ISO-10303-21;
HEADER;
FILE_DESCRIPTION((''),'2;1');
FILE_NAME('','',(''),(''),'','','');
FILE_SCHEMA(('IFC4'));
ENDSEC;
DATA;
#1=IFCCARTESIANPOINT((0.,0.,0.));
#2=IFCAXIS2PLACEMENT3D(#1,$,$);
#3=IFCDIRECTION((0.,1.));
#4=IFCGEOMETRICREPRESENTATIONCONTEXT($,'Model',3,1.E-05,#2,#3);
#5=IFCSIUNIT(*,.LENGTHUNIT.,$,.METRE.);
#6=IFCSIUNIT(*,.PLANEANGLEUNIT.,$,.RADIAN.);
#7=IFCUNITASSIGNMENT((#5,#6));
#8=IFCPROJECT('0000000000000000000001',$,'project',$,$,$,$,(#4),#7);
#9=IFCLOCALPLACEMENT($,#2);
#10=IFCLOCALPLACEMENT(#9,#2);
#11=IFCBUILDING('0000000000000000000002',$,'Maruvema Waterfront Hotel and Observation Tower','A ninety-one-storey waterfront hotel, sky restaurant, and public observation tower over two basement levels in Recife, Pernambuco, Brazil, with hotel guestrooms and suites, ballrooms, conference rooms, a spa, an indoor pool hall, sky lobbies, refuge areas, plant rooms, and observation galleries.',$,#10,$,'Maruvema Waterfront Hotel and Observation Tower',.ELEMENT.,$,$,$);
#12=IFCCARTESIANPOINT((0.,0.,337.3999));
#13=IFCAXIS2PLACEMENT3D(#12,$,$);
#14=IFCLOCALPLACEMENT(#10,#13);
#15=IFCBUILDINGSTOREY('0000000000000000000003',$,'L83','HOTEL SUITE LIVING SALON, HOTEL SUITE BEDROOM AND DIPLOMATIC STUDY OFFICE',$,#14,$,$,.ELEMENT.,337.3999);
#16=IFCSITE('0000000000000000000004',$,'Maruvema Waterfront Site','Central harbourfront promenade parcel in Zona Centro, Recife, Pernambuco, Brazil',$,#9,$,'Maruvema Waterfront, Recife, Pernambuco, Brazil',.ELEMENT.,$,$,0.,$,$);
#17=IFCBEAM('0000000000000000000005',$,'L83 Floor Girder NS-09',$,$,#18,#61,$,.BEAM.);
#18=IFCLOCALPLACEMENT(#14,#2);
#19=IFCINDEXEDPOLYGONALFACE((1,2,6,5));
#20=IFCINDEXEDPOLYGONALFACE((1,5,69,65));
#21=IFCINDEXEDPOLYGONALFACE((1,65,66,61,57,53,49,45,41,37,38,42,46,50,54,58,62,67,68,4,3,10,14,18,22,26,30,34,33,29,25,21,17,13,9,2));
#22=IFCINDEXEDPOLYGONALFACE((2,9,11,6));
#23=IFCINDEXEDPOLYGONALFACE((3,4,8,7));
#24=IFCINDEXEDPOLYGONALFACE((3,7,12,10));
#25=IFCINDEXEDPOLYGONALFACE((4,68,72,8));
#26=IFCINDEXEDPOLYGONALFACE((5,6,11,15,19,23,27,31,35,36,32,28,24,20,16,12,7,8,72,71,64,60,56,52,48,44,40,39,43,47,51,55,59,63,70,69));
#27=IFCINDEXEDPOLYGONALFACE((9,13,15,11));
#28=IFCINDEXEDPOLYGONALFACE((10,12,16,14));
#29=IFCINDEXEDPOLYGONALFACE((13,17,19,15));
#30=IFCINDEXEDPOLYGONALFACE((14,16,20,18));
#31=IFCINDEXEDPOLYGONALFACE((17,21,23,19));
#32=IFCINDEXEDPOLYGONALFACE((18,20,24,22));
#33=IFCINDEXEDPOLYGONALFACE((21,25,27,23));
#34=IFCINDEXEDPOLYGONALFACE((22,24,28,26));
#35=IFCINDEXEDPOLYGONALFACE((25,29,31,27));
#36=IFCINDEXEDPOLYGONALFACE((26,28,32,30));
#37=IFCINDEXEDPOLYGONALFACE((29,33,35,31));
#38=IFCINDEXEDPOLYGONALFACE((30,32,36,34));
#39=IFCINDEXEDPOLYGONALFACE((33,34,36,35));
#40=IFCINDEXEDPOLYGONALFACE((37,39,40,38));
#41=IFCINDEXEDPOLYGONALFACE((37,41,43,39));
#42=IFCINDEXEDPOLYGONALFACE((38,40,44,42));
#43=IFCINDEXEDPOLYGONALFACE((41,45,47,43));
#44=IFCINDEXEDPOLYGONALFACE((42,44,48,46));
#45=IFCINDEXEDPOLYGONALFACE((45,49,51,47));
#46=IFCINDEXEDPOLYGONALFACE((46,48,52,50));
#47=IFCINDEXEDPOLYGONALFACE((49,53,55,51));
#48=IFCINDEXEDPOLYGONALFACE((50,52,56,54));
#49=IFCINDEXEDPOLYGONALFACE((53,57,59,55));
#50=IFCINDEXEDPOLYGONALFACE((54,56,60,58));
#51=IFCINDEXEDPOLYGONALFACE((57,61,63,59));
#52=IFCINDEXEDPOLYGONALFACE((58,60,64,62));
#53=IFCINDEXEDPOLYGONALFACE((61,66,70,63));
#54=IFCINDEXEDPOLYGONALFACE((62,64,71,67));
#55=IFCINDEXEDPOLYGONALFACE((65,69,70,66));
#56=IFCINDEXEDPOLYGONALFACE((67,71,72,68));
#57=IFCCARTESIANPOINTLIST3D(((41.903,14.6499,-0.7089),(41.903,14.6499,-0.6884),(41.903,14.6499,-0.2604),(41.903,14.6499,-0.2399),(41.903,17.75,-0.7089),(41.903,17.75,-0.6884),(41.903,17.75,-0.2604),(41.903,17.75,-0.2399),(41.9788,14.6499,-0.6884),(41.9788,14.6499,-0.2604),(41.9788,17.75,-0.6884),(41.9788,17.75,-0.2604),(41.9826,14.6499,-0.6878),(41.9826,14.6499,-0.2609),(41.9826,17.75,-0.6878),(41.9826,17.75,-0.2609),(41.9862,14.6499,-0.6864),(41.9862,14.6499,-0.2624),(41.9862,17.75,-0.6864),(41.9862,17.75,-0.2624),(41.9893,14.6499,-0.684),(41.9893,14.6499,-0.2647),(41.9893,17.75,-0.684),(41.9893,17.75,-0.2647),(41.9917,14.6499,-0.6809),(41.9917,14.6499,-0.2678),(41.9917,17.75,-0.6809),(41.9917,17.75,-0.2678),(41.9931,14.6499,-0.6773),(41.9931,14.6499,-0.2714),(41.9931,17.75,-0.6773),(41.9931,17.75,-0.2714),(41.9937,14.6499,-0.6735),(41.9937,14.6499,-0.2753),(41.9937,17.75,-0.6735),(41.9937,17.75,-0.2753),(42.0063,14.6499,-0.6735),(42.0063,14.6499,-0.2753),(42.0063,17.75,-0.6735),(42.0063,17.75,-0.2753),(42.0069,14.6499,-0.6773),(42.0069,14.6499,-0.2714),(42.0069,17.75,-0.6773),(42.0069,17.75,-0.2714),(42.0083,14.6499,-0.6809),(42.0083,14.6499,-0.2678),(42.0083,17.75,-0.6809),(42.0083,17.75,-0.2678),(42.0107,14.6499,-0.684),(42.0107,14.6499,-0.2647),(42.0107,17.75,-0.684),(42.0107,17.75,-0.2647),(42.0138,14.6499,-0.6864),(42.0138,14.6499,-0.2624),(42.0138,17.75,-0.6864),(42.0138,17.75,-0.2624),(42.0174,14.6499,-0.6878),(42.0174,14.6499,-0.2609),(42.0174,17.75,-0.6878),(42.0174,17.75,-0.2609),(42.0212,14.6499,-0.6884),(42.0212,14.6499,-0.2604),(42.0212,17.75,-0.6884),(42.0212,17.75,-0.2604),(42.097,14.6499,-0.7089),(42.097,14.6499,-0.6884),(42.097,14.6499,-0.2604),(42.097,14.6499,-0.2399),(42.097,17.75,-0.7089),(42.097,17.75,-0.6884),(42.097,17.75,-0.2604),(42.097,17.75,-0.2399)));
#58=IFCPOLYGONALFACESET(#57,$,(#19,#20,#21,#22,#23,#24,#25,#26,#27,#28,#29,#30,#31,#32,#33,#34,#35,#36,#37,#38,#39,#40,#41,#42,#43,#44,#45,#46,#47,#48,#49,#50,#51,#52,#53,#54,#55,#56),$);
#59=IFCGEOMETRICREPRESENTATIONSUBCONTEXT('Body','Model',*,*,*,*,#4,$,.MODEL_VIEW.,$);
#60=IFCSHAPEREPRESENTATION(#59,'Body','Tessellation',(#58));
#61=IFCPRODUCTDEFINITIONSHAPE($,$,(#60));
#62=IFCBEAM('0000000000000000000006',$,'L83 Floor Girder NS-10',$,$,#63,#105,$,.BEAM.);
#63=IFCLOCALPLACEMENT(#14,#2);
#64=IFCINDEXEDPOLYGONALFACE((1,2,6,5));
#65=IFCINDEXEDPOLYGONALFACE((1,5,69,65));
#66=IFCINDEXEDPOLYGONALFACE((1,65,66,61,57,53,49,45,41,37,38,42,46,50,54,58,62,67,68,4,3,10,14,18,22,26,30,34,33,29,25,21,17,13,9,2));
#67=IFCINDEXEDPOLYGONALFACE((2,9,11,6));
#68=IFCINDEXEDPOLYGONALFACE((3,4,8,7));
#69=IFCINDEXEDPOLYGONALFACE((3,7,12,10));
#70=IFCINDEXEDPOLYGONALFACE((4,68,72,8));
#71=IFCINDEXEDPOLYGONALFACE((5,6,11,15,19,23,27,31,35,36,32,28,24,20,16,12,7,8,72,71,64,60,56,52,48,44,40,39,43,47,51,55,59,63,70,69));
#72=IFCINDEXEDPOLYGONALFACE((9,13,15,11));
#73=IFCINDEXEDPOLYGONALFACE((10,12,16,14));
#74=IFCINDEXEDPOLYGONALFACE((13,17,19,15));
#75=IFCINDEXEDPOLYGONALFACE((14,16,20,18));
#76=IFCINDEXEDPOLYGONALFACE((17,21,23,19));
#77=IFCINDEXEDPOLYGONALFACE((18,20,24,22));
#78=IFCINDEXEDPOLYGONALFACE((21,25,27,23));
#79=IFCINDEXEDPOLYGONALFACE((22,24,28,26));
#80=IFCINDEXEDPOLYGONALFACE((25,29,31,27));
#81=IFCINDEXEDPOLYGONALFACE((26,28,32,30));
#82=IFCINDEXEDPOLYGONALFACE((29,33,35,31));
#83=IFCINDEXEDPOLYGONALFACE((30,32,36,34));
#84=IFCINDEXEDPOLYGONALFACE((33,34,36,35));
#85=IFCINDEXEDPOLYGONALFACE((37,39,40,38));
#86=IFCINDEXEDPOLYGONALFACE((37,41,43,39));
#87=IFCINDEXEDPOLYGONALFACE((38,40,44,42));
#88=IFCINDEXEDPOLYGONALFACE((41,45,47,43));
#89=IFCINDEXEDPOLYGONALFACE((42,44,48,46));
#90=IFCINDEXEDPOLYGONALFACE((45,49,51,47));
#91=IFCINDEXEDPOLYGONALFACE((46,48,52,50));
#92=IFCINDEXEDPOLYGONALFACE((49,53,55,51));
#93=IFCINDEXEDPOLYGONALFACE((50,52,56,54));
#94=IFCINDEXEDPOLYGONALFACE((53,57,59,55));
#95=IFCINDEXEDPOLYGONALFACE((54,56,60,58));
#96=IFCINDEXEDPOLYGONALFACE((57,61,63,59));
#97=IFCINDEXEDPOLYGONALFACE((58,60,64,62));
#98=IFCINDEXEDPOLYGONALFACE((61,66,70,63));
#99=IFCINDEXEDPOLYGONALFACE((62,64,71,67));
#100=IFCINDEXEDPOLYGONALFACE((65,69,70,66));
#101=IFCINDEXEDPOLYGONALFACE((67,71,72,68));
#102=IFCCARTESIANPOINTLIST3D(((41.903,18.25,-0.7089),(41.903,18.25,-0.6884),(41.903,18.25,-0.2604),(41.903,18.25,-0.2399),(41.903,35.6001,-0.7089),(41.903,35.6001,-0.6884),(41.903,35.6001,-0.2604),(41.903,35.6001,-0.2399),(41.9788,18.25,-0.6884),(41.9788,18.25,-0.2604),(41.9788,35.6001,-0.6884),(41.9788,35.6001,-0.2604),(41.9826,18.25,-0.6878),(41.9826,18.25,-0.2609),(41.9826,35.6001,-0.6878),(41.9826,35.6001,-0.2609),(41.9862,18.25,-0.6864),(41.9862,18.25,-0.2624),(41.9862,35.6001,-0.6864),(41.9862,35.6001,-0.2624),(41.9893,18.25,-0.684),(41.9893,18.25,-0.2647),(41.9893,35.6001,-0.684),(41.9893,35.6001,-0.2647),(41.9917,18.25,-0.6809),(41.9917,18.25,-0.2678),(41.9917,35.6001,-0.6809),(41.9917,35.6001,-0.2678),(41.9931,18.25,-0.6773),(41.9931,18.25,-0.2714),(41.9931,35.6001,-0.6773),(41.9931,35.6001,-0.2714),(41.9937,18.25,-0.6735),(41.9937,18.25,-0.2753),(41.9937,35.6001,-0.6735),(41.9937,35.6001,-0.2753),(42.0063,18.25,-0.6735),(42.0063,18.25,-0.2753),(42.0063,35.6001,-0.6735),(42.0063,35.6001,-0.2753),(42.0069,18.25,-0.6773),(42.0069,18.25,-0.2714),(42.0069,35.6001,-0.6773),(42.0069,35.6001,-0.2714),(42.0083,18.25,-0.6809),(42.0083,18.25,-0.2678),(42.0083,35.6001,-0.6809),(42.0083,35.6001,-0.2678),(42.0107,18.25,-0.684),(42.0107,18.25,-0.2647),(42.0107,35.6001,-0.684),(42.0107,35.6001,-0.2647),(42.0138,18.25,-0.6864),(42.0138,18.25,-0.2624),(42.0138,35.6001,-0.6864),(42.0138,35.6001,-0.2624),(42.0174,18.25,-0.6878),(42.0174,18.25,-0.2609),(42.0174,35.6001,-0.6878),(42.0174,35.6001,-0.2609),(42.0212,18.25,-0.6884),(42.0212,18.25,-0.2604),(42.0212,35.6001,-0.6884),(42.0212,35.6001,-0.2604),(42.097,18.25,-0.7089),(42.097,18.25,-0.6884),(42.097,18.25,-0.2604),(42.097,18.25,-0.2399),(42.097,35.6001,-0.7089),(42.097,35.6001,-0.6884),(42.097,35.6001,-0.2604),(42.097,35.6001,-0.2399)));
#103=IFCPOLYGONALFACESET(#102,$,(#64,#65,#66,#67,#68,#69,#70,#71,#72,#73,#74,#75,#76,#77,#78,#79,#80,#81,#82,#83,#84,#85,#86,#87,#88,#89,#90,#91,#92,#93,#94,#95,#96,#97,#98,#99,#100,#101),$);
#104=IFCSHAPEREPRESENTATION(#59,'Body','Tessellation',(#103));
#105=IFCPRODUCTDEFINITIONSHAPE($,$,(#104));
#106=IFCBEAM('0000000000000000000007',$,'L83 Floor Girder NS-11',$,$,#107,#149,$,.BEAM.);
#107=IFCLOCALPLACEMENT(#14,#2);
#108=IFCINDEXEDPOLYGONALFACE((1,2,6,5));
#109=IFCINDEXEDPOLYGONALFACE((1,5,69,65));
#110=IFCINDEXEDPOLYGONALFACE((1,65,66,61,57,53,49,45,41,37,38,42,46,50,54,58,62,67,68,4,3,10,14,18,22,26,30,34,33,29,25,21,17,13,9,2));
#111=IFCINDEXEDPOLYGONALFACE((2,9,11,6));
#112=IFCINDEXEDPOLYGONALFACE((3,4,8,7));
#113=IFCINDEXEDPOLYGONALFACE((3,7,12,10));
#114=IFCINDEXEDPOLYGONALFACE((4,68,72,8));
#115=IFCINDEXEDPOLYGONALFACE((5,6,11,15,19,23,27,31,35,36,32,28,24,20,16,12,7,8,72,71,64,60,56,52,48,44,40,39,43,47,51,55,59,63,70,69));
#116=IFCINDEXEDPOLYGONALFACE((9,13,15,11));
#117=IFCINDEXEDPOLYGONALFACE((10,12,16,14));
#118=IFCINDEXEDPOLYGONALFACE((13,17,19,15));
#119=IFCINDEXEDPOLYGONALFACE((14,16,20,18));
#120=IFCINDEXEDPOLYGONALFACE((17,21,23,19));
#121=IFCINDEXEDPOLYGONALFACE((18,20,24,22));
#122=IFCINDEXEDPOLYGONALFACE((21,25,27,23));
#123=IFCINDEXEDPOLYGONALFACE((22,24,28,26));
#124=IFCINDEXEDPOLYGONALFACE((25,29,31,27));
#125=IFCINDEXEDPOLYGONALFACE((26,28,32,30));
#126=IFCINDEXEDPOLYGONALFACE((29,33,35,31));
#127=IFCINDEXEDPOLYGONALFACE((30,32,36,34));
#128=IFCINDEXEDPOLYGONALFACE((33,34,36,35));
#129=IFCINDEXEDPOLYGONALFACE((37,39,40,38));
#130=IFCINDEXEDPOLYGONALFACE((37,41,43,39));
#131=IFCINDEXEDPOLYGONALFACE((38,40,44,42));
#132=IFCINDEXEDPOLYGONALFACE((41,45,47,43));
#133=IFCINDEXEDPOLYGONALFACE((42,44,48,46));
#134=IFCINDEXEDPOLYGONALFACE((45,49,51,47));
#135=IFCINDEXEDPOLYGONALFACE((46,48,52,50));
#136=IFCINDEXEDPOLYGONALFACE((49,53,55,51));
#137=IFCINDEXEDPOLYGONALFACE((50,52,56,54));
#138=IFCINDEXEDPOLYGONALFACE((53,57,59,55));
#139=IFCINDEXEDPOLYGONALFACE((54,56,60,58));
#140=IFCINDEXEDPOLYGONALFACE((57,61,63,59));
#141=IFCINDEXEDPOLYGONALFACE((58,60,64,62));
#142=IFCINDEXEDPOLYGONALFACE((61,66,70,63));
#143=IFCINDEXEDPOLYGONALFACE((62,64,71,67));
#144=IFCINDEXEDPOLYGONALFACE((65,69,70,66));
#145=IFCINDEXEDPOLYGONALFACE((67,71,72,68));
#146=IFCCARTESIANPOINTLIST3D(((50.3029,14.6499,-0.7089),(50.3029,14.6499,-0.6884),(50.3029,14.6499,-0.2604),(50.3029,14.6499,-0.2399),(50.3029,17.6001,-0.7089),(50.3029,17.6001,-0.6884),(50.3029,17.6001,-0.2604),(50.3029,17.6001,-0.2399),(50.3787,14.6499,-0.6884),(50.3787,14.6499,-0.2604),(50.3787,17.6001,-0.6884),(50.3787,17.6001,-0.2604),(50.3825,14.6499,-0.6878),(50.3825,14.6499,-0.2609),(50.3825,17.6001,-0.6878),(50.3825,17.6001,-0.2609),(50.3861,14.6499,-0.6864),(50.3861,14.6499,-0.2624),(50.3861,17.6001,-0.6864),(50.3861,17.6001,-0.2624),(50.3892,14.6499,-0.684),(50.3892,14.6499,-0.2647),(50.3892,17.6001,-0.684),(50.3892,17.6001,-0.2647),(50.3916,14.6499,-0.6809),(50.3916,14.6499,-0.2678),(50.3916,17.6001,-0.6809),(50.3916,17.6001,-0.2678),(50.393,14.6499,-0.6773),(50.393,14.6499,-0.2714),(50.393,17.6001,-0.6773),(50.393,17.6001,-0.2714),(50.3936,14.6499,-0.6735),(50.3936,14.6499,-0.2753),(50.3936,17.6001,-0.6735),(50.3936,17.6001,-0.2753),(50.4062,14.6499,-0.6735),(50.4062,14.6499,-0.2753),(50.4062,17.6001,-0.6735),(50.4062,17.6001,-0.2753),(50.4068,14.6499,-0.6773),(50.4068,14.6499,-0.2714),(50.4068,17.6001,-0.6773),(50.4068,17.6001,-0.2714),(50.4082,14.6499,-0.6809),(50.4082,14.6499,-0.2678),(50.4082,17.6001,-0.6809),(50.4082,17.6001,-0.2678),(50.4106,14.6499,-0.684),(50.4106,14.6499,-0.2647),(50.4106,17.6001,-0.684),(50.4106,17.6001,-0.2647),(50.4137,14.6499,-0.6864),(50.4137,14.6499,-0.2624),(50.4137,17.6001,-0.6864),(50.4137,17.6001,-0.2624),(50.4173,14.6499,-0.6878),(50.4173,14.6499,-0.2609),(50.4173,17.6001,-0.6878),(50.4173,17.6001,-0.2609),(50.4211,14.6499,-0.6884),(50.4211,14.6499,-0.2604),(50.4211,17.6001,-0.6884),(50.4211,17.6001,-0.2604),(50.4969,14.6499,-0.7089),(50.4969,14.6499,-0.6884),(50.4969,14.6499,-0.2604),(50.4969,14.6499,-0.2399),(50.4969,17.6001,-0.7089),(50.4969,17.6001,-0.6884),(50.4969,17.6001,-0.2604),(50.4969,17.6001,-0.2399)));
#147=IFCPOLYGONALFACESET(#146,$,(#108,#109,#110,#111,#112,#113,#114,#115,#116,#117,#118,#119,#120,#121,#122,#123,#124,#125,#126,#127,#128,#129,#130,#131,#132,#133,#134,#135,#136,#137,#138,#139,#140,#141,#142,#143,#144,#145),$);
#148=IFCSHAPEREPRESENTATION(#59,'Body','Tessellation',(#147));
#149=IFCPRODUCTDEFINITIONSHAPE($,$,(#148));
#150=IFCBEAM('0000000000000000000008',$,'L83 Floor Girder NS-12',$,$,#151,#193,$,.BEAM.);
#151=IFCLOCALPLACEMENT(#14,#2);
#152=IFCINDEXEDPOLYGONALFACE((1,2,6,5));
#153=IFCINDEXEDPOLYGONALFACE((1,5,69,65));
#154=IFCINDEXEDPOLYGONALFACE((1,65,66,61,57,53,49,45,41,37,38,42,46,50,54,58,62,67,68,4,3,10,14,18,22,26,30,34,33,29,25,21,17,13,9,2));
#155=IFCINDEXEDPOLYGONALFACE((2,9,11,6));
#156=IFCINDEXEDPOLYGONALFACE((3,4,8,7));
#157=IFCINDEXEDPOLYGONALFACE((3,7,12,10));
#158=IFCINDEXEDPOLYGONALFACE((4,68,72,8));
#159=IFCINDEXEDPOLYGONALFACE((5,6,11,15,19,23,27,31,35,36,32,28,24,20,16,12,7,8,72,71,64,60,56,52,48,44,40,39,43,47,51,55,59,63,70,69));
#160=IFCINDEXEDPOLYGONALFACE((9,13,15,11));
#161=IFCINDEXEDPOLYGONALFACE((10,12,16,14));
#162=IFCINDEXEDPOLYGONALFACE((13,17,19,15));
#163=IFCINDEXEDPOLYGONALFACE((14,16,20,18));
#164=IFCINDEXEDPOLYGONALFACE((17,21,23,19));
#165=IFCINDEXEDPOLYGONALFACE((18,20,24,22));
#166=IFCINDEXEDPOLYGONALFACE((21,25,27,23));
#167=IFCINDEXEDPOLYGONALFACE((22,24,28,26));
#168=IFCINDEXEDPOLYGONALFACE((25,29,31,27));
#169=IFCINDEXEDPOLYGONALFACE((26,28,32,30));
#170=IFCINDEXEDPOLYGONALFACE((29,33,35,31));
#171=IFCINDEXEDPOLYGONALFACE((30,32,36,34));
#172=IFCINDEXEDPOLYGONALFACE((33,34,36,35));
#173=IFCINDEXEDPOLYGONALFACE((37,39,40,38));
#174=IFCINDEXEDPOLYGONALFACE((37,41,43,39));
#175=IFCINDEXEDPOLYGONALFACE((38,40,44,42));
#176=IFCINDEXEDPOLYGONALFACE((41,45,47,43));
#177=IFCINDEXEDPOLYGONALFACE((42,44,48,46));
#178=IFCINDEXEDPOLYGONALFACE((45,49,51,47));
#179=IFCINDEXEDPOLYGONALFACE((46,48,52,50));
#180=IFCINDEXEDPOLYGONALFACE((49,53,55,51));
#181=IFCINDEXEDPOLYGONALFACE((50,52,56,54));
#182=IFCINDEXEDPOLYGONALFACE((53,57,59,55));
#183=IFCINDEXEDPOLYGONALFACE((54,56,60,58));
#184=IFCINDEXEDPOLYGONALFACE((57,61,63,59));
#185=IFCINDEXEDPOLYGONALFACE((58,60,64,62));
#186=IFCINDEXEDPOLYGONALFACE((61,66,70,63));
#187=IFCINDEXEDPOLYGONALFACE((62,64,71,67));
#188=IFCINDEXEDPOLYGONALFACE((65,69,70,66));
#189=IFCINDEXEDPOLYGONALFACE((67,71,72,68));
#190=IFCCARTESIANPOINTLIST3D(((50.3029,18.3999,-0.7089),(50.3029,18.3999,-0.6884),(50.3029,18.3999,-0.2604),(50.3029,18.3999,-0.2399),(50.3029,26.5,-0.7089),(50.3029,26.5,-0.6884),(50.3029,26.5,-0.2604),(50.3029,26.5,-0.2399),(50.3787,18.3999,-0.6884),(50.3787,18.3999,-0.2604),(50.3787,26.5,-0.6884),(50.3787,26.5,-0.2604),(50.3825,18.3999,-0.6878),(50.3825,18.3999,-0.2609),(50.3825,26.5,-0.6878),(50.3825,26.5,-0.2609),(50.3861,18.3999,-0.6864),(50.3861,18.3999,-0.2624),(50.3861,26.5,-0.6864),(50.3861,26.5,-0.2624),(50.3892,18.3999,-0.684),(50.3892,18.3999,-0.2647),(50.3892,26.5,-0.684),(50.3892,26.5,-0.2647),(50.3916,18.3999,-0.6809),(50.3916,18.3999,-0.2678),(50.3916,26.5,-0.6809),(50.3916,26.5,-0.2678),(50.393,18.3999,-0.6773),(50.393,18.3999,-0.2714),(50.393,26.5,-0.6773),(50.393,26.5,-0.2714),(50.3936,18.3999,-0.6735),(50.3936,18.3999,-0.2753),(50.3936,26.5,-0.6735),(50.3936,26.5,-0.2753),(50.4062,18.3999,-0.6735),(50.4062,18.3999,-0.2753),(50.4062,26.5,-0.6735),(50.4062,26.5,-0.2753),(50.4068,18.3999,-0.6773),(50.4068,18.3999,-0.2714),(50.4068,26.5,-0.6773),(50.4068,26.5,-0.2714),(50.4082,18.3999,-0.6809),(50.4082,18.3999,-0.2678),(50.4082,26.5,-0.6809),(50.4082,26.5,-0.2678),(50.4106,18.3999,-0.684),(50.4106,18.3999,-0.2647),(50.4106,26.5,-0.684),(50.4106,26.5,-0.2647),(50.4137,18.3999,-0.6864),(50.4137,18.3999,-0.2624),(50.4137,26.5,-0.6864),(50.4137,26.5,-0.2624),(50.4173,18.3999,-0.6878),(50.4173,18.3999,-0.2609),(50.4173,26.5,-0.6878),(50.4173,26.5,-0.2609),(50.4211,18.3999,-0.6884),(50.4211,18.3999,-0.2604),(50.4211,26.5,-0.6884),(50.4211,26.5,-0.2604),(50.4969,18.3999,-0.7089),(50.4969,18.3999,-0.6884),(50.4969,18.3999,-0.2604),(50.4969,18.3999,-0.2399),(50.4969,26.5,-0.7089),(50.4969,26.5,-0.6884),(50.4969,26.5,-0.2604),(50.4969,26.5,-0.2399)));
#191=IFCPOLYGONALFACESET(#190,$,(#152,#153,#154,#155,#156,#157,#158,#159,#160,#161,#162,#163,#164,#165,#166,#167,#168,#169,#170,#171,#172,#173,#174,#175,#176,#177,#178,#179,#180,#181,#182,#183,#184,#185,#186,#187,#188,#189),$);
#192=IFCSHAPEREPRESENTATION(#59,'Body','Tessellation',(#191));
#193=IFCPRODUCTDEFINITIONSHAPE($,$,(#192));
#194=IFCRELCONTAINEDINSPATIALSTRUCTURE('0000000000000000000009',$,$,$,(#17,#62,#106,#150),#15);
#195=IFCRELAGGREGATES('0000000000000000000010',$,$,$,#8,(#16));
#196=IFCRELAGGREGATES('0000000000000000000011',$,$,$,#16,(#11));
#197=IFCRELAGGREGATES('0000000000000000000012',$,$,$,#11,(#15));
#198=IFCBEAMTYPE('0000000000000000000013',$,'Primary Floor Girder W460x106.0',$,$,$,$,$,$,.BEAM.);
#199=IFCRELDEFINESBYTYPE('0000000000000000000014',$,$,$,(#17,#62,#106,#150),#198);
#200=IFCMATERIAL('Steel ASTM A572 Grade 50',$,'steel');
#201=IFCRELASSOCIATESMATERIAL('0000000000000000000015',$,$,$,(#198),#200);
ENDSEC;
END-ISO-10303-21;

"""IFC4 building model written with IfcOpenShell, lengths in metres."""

from ifc_helpers import new_model, si_unit, direction, frame, origin, origin_2d, place, context, subcontext, project, spatial, i_section, extrude, material, material_profile, profile_set, type_object, element, save


model = new_model("IFC4")

# Units and contexts
model_context = context("Model", 3, precision=1e-05, world=origin(), true_north=direction((0.0, 1.0)))
body_context = subcontext(model_context, "Body", "Model", "MODEL_VIEW")
ifc_project = project(units=[si_unit("LENGTHUNIT", "METRE"), si_unit("PLANEANGLEUNIT", "RADIAN")], contexts=[model_context])

# Site, building, storey
site_placement = place(None, origin())
site = spatial("IfcSite", under=ifc_project, at=site_placement, Name="Maruvema Waterfront Site", Description="Central harbourfront promenade parcel in Zona Centro, Recife, Pernambuco, Brazil", LongName="Maruvema Waterfront, Recife, Pernambuco, Brazil", CompositionType="ELEMENT", RefElevation=0.0)
building_placement = place(site_placement, origin())
building = spatial("IfcBuilding", under=site, at=building_placement, Name="Maruvema Waterfront Hotel and Observation Tower", Description="A ninety-one-storey waterfront hotel, sky restaurant, and public observation tower over two basement levels in Recife, Pernambuco, Brazil, with hotel guestrooms and suites, ballrooms, conference rooms, a spa, an indoor pool hall, sky lobbies, refuge areas, plant rooms, and observation galleries.", LongName="Maruvema Waterfront Hotel and Observation Tower", CompositionType="ELEMENT")
storey_placement = place(building_placement, frame((0.0, 0.0, 337.3999)))
storey = spatial("IfcBuildingStorey", under=building, at=storey_placement, Name="L83", Description="HOTEL SUITE LIVING SALON, HOTEL SUITE BEDROOM AND DIPLOMATIC STUDY OFFICE", CompositionType="ELEMENT", Elevation=337.3999)

# Beams
ifc_material_1 = material(Name="Steel ASTM A572 Grade 50", Category="steel")
ifc_material_profile_1 = material_profile(ifc_material_1, i_section(OverallWidth=0.1941, OverallDepth=0.469, WebThickness=0.0127, FlangeThickness=0.0205, FilletRadius=0.0149, at=origin_2d()), Name="W460x106.0")
ifc_profile_set_1 = profile_set([ifc_material_profile_1], Name="Steel ASTM A572 Grade 50")
beam_type_1 = type_object("IfcBeamType", Name="Primary Floor Girder W460x106.0", PredefinedType="BEAM", material=ifc_profile_set_1)
beam_1_placement = place(storey_placement, frame((42.0, 14.6499, -0.4744), z_axis=(0.0, 1.0, 0.0), x_axis=(-1.0, 0.0, 0.0)))
element("IfcBeam", 1, at=beam_1_placement, inside=storey, type_object=beam_type_1, Name="L83 Floor Girder NS-09", PredefinedType="BEAM", context=body_context, shape_type="SweptSolid", body=[
    extrude(i_section(OverallWidth=0.1941, OverallDepth=0.469, WebThickness=0.0127, FlangeThickness=0.0205, FilletRadius=0.0149, at=origin_2d()), origin(), (0.0, 0.0, 1.0), 3.1001),
])
beam_2_placement = place(storey_placement, frame((42.0, 18.25, -0.4744), z_axis=(0.0, 1.0, 0.0), x_axis=(-1.0, 0.0, 0.0)))
element("IfcBeam", 2, at=beam_2_placement, inside=storey, type_object=beam_type_1, Name="L83 Floor Girder NS-10", PredefinedType="BEAM", context=body_context, shape_type="SweptSolid", body=[
    extrude(i_section(OverallWidth=0.1941, OverallDepth=0.469, WebThickness=0.0127, FlangeThickness=0.0205, FilletRadius=0.0149, at=origin_2d()), origin(), (0.0, 0.0, 1.0), 17.3501),
])
beam_3_placement = place(storey_placement, frame((50.3999, 14.6499, -0.4744), z_axis=(0.0, 1.0, 0.0), x_axis=(-1.0, 0.0, 0.0)))
element("IfcBeam", 3, at=beam_3_placement, inside=storey, type_object=beam_type_1, Name="L83 Floor Girder NS-11", PredefinedType="BEAM", context=body_context, shape_type="SweptSolid", body=[
    extrude(i_section(OverallWidth=0.1941, OverallDepth=0.469, WebThickness=0.0127, FlangeThickness=0.0205, FilletRadius=0.0149, at=origin_2d()), origin(), (0.0, 0.0, 1.0), 2.9502),
])
beam_4_placement = place(storey_placement, frame((50.3999, 18.3999, -0.4744), z_axis=(0.0, 1.0, 0.0), x_axis=(-1.0, 0.0, 0.0)))
element("IfcBeam", 4, at=beam_4_placement, inside=storey, type_object=beam_type_1, Name="L83 Floor Girder NS-12", PredefinedType="BEAM", context=body_context, shape_type="SweptSolid", body=[
    extrude(i_section(OverallWidth=0.1941, OverallDepth=0.469, WebThickness=0.0127, FlangeThickness=0.0205, FilletRadius=0.0149, at=origin_2d()), origin(), (0.0, 0.0, 1.0), 8.1001),
])

save(model, "model.ifc")
